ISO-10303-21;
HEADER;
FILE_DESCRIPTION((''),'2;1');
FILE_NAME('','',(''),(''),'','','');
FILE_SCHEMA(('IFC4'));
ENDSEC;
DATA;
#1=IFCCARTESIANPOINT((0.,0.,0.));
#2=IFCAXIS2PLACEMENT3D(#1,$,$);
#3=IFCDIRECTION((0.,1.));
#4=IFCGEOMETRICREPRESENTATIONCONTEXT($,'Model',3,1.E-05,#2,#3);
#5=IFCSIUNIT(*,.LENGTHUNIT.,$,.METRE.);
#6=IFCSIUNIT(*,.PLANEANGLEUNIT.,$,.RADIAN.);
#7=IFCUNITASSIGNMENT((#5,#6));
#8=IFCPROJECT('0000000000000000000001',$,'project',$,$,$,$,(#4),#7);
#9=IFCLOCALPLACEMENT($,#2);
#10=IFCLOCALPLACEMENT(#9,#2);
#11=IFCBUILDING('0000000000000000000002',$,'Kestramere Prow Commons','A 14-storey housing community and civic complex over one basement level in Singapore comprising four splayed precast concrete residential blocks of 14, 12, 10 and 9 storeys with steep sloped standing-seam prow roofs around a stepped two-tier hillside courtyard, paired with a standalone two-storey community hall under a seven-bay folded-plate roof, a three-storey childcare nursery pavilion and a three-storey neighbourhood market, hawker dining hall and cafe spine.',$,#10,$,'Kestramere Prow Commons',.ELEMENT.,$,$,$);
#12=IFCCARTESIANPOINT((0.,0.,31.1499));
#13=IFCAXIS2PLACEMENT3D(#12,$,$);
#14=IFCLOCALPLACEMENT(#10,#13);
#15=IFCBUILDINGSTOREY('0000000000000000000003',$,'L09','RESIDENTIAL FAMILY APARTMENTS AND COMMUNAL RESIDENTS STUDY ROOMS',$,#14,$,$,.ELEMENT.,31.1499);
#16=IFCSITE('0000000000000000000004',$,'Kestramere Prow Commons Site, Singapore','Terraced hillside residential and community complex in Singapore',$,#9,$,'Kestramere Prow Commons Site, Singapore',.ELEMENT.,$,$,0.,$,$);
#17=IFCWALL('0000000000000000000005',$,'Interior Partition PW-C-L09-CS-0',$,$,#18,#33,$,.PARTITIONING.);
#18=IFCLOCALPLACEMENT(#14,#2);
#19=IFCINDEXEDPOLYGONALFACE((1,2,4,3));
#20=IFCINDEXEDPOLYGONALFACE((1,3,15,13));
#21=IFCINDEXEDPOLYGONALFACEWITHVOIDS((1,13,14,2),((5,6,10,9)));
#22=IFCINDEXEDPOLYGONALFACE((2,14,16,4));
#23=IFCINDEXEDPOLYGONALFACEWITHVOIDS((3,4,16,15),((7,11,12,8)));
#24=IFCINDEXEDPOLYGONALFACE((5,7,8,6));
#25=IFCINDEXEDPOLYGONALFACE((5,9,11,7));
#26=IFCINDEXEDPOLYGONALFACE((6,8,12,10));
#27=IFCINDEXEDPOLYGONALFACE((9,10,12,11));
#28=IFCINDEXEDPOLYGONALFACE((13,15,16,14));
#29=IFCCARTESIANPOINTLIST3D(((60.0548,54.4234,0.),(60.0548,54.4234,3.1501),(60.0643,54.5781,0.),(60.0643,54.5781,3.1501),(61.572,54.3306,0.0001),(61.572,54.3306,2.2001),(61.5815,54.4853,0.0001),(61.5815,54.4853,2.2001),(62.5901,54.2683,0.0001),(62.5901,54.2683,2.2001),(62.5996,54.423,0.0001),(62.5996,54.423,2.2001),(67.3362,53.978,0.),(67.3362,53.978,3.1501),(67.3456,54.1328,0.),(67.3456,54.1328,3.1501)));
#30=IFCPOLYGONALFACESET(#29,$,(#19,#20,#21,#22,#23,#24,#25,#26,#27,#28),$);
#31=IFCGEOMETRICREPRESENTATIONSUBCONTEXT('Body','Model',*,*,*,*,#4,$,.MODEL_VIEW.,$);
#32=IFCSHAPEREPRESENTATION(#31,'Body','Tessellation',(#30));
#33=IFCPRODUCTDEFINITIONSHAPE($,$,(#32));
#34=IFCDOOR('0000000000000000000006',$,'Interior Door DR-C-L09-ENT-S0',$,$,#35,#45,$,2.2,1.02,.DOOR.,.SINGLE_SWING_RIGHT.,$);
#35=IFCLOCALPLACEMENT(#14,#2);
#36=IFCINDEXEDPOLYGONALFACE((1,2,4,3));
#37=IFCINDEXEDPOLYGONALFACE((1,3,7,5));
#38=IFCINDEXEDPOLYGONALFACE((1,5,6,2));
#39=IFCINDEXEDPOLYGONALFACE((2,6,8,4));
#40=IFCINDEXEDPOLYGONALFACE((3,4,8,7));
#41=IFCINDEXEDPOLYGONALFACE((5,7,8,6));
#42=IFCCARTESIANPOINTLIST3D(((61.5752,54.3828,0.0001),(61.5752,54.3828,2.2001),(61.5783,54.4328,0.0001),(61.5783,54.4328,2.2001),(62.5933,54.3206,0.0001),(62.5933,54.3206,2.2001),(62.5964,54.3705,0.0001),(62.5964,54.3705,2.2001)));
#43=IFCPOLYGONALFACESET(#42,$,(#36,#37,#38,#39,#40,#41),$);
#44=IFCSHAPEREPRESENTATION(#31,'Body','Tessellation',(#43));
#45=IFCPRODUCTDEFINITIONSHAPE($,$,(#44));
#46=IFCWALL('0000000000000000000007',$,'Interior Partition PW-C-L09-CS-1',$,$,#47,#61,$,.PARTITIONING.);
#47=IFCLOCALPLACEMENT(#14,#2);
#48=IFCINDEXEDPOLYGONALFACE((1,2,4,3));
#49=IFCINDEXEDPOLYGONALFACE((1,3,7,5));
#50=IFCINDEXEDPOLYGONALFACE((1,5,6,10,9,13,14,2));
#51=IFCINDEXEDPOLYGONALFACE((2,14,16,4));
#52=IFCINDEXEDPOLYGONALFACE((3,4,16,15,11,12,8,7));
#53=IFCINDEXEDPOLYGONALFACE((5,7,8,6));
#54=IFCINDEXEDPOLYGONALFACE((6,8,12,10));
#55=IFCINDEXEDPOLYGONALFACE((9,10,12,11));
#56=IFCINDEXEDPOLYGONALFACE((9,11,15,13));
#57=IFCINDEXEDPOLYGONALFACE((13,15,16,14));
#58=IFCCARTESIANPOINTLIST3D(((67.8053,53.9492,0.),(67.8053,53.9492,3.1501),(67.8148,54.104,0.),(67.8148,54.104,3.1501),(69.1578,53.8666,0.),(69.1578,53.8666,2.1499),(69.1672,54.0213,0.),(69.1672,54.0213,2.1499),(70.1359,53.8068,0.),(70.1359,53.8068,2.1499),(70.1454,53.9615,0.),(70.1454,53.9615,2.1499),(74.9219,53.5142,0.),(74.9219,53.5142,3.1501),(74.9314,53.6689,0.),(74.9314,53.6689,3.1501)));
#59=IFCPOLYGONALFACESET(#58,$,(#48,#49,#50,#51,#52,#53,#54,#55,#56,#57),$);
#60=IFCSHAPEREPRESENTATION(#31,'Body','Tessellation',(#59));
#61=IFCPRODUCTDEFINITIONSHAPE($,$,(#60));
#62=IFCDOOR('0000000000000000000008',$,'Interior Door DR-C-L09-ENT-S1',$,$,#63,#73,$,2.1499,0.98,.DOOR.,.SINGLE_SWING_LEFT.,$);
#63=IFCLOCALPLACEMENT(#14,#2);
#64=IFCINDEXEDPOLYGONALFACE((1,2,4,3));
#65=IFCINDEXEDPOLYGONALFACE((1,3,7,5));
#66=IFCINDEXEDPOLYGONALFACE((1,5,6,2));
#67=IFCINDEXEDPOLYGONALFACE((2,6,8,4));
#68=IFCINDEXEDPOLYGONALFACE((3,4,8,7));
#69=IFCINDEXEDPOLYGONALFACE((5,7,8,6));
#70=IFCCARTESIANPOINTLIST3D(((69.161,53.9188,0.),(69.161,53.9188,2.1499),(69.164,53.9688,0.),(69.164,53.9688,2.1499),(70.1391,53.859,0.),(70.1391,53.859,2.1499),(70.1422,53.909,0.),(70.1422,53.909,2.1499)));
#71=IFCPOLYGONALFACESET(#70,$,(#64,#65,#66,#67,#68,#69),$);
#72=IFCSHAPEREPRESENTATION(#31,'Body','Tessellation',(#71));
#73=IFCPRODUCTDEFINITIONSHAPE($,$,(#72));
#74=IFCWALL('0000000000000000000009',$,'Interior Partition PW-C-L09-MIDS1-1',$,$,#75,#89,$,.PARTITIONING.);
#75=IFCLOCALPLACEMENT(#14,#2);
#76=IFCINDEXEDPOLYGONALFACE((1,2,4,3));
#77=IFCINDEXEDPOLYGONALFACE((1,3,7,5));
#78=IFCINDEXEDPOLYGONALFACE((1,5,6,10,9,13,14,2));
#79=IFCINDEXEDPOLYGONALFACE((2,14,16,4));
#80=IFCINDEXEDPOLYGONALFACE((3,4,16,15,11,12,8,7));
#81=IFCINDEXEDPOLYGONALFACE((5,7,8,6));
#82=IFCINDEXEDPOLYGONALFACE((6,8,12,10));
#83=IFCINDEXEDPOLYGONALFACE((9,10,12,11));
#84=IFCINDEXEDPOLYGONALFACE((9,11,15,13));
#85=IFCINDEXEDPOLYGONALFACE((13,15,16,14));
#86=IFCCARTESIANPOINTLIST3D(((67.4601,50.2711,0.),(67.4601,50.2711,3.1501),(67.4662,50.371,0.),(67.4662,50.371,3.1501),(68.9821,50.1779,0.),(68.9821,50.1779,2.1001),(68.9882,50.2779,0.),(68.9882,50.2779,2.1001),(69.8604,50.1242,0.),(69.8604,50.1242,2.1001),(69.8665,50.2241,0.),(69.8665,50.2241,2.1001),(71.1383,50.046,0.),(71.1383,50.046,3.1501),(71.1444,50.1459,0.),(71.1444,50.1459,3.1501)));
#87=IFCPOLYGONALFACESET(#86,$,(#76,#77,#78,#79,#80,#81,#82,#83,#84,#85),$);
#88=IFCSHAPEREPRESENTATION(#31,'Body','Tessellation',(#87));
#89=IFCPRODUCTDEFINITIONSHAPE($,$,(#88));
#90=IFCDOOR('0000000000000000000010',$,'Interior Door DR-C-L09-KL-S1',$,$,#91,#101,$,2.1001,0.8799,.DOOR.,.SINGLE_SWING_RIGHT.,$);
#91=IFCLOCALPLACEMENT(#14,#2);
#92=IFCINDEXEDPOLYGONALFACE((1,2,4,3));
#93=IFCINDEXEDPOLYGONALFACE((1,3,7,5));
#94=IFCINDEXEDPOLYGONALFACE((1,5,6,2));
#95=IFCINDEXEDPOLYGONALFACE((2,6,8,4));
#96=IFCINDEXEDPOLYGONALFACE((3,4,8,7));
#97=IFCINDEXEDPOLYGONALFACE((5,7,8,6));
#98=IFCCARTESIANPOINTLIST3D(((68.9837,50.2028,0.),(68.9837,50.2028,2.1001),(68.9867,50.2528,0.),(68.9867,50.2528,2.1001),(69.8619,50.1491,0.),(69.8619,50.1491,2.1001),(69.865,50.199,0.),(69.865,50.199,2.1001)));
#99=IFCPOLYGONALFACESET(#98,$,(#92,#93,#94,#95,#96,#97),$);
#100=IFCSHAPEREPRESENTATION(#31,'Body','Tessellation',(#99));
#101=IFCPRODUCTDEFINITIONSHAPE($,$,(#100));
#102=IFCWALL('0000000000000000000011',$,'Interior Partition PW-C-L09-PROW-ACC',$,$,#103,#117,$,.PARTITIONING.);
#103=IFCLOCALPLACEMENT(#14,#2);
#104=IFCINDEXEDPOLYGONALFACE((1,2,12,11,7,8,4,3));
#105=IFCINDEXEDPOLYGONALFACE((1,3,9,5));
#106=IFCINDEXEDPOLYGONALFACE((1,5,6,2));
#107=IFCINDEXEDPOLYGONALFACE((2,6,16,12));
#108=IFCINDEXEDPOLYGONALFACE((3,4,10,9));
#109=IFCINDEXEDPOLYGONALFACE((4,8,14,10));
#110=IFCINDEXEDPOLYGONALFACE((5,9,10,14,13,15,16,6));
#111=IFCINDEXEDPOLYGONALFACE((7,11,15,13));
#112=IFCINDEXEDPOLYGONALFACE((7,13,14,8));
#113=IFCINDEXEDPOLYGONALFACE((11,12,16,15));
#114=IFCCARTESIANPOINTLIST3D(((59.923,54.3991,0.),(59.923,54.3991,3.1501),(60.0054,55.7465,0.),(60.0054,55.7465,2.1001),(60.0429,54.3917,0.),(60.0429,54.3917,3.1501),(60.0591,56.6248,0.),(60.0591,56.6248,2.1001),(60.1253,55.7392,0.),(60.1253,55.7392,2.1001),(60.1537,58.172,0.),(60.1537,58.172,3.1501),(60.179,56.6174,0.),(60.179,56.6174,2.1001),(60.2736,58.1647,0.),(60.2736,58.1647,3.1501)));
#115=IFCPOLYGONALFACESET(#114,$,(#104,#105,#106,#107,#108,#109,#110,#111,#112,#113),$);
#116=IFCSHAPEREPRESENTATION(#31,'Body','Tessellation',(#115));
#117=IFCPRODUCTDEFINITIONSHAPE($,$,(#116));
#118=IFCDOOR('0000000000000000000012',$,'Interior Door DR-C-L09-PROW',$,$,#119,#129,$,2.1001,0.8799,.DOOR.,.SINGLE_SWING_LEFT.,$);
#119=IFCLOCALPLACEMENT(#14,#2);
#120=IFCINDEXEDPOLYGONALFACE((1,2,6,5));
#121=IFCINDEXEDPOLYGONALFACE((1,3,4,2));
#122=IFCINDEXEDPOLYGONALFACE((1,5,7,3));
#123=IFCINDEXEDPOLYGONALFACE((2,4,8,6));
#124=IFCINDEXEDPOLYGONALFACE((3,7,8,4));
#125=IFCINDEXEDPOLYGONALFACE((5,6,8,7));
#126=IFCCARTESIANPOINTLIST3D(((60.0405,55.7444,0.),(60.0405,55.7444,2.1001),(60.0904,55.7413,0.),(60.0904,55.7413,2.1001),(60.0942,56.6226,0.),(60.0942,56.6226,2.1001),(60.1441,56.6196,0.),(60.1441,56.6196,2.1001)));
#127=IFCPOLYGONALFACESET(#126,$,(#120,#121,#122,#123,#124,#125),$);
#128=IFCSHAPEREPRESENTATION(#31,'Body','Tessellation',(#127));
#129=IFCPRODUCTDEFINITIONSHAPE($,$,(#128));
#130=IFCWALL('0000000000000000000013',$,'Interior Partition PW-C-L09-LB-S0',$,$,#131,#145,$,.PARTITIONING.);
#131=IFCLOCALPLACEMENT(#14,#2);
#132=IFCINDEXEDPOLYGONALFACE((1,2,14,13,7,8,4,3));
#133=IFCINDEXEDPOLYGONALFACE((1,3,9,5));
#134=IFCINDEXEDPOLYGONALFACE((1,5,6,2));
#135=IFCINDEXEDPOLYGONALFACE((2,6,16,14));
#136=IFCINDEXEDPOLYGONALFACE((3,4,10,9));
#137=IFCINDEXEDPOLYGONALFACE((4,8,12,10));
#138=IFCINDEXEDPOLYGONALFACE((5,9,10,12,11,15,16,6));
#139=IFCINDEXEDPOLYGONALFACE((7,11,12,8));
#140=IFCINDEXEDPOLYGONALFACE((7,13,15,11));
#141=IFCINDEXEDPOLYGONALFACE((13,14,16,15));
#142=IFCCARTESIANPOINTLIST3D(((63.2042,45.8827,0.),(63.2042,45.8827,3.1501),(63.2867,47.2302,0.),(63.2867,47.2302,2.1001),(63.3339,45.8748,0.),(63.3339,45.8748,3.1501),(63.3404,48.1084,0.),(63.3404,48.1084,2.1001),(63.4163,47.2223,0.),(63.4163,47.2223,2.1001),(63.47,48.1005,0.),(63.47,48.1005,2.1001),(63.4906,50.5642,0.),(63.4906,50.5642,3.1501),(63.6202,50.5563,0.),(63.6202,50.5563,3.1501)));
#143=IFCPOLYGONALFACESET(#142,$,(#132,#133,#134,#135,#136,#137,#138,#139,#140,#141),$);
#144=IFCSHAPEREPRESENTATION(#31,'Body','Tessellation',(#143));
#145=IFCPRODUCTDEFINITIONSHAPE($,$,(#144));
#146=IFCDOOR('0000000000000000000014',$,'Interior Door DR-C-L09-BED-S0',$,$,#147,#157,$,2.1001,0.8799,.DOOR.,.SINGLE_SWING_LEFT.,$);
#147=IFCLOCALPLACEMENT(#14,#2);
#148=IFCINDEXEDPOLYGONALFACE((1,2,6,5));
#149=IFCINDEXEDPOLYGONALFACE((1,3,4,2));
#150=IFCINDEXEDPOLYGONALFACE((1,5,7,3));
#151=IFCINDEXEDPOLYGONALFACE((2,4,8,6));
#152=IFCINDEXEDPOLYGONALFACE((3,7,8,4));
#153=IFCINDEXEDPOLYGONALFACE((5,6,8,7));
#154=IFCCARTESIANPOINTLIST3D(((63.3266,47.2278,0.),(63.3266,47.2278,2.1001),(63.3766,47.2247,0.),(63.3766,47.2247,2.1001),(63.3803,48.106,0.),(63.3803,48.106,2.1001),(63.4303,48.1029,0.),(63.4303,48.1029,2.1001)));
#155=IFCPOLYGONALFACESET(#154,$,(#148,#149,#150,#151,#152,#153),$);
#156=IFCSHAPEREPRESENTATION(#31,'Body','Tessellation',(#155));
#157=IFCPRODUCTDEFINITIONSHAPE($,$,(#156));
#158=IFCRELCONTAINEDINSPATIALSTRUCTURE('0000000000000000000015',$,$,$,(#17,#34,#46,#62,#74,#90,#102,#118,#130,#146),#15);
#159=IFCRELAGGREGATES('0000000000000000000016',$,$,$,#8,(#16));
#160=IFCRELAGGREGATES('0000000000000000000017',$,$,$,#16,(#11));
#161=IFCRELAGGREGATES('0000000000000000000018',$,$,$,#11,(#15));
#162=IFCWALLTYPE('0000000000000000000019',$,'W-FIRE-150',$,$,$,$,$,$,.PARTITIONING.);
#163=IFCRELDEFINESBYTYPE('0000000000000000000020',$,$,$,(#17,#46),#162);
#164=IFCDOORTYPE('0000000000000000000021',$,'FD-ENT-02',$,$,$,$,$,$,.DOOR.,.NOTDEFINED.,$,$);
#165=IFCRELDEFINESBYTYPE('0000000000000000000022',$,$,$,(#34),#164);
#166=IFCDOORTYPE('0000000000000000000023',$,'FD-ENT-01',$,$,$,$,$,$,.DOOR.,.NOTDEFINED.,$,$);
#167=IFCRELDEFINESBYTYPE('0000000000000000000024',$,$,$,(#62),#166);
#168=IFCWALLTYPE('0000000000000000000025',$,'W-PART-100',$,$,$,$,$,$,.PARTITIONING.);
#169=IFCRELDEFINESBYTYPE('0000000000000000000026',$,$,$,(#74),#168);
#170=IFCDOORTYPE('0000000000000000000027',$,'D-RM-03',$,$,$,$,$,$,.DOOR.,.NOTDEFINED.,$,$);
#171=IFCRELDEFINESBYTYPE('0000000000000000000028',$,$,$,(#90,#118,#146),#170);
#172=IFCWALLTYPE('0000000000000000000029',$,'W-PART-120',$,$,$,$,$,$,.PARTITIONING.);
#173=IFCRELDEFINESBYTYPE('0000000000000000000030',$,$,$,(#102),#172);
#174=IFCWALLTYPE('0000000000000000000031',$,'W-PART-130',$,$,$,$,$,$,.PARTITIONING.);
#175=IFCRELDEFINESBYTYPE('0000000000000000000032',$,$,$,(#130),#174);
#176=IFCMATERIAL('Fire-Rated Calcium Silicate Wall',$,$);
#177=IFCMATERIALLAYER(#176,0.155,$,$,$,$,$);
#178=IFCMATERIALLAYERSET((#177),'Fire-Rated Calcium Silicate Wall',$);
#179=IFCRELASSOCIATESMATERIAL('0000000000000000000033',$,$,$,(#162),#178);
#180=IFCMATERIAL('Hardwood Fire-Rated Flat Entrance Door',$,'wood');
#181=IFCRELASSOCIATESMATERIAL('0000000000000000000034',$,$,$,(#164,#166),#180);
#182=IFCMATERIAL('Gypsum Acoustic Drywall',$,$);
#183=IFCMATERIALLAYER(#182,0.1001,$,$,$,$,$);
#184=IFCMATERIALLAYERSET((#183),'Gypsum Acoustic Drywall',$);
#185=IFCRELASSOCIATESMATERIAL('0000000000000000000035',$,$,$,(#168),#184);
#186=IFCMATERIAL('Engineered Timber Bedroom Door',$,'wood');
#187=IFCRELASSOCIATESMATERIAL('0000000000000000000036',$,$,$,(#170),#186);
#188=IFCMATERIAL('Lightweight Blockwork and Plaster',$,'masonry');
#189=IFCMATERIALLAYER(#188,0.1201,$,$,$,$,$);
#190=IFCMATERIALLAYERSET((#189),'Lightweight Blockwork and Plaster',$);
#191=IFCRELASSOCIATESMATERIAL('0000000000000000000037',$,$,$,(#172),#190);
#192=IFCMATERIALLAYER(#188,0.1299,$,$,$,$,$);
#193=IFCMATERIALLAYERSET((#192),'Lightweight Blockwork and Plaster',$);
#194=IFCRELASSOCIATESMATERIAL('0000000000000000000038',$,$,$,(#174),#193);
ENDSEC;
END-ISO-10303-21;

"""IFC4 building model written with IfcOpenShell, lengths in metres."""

from ifc_helpers import new_model, si_unit, direction, frame, frame_2d, origin, place, context, subcontext, project, spatial, rectangle, extrude, material, layer, layer_set, type_object, element, fill, save


model = new_model("IFC4")

# Units and contexts
model_context = context("Model", 3, precision=1e-05, world=origin(), true_north=direction((0.0, 1.0)))
body_context = subcontext(model_context, "Body", "Model", "MODEL_VIEW")
ifc_project = project(units=[si_unit("LENGTHUNIT", "METRE"), si_unit("PLANEANGLEUNIT", "RADIAN")], contexts=[model_context])

# Site, building, storey
site_placement = place(None, origin())
site = spatial("IfcSite", under=ifc_project, at=site_placement, Name="Kestramere Prow Commons Site, Singapore", Description="Terraced hillside residential and community complex in Singapore", LongName="Kestramere Prow Commons Site, Singapore", CompositionType="ELEMENT", RefElevation=0.0)
building_placement = place(site_placement, origin())
building = spatial("IfcBuilding", under=site, at=building_placement, Name="Kestramere Prow Commons", Description="A 14-storey housing community and civic complex over one basement level in Singapore comprising four splayed precast concrete residential blocks of 14, 12, 10 and 9 storeys with steep sloped standing-seam prow roofs around a stepped two-tier hillside courtyard, paired with a standalone two-storey community hall under a seven-bay folded-plate roof, a three-storey childcare nursery pavilion and a three-storey neighbourhood market, hawker dining hall and cafe spine.", LongName="Kestramere Prow Commons", CompositionType="ELEMENT")
storey_placement = place(building_placement, frame((0.0, 0.0, 31.1499)))
storey = spatial("IfcBuildingStorey", under=building, at=storey_placement, Name="L09", Description="RESIDENTIAL FAMILY APARTMENTS AND COMMUNAL RESIDENTS STUDY ROOMS", CompositionType="ELEMENT", Elevation=31.1499)

# Walls, openings, doors
ifc_material_1 = material(Name="Fire-Rated Calcium Silicate Wall")
ifc_layer_1 = layer(ifc_material_1, 0.155)
ifc_layer_set_1 = layer_set([ifc_layer_1], Name="Fire-Rated Calcium Silicate Wall")
wall_type_1 = type_object("IfcWallType", Name="W-FIRE-150", PredefinedType="PARTITIONING", material=ifc_layer_set_1)
wall_1_placement = place(storey_placement, frame((60.0596, 54.5007, 0.0), z_axis=(0.0, 0.0, 1.0), x_axis=(0.998135, -0.061045, 0.0)))
wall_1 = element("IfcWall", 1, at=wall_1_placement, inside=storey, type_object=wall_type_1, Name="Interior Partition PW-C-L09-CS-0", PredefinedType="PARTITIONING", context=body_context, shape_type="SweptSolid", body=[
    extrude(rectangle(XDim=7.2949, YDim=0.155, at=frame_2d((3.6475, 0.0))), origin(), (0.0, 0.0, 1.0), 3.1501),
])
opening_1_placement = place(wall_1_placement, frame((1.52, 0.0, 0.0)))
opening_1 = element("IfcOpeningElement", 2, at=opening_1_placement, cuts=wall_1, PredefinedType="OPENING", context=body_context, shape_type="SweptSolid", body=[
    extrude(rectangle(XDim=1.02, YDim=2.2, at=frame_2d((0.51, 1.1001))), frame((0.0, 0.0925, 0.0), z_axis=(0.0, -1.0, 0.0), x_axis=(1.0, 0.0, 0.0)), (0.0, 0.0, 1.0), 0.1851),
])
ifc_material_2 = material(Name="Hardwood Fire-Rated Flat Entrance Door", Category="wood")
door_type_1 = type_object("IfcDoorType", Name="FD-ENT-02", OperationType="NOTDEFINED", PredefinedType="DOOR", material=ifc_material_2)
door_1_placement = place(opening_1_placement, origin())
door_1 = element("IfcDoor", 3, at=door_1_placement, inside=storey, type_object=door_type_1, Name="Interior Door DR-C-L09-ENT-S0", OperationType="SINGLE_SWING_RIGHT", OverallHeight=2.2, OverallWidth=1.02, PredefinedType="DOOR", context=body_context, shape_type="SweptSolid", body=[
    extrude(rectangle(XDim=1.02, YDim=2.2, at=frame_2d((0.51, 1.1001))), frame((0.0, 0.0249, 0.0), z_axis=(0.0, -1.0, 0.0), x_axis=(1.0, 0.0, 0.0)), (0.0, 0.0, 1.0), 0.05),
])
fill(opening_1, door_1)
wall_2_placement = place(storey_placement, frame((67.8101, 54.0266, 0.0), z_axis=(0.0, 0.0, 1.0), x_axis=(0.998137, -0.061018, 0.0)))
wall_2 = element("IfcWall", 4, at=wall_2_placement, inside=storey, type_object=wall_type_1, Name="Interior Partition PW-C-L09-CS-1", PredefinedType="PARTITIONING", context=body_context, shape_type="SweptSolid", body=[
    extrude(rectangle(XDim=7.1299, YDim=0.155, at=frame_2d((3.5649, 0.0))), origin(), (0.0, 0.0, 1.0), 3.1501),
])
opening_2_placement = place(wall_2_placement, frame((1.355, 0.0, 0.0)))
opening_2 = element("IfcOpeningElement", 5, at=opening_2_placement, cuts=wall_2, PredefinedType="OPENING", context=body_context, shape_type="SweptSolid", body=[
    extrude(rectangle(XDim=0.98, YDim=2.1499, at=frame_2d((0.49, 1.075))), frame((0.0, 0.0925, 0.0), z_axis=(0.0, -1.0, 0.0), x_axis=(1.0, 0.0, 0.0)), (0.0, 0.0, 1.0), 0.1851),
])
door_type_2 = type_object("IfcDoorType", Name="FD-ENT-01", OperationType="NOTDEFINED", PredefinedType="DOOR", material=ifc_material_2)
door_2_placement = place(opening_2_placement, origin())
door_2 = element("IfcDoor", 6, at=door_2_placement, inside=storey, type_object=door_type_2, Name="Interior Door DR-C-L09-ENT-S1", OperationType="SINGLE_SWING_LEFT", OverallHeight=2.1499, OverallWidth=0.98, PredefinedType="DOOR", context=body_context, shape_type="SweptSolid", body=[
    extrude(rectangle(XDim=0.98, YDim=2.1499, at=frame_2d((0.49, 1.075))), frame((0.0, 0.0249, 0.0), z_axis=(0.0, -1.0, 0.0), x_axis=(1.0, 0.0, 0.0)), (0.0, 0.0, 1.0), 0.05),
])
fill(opening_2, door_2)
ifc_material_3 = material(Name="Gypsum Acoustic Drywall")
ifc_layer_2 = layer(ifc_material_3, 0.1001)
ifc_layer_set_2 = layer_set([ifc_layer_2], Name="Gypsum Acoustic Drywall")
wall_type_2 = type_object("IfcWallType", Name="W-PART-100", PredefinedType="PARTITIONING", material=ifc_layer_set_2)
wall_3_placement = place(storey_placement, frame((67.4631, 50.321, 0.0), z_axis=(0.0, 0.0, 1.0), x_axis=(0.998133, -0.061083, 0.0)))
wall_3 = element("IfcWall", 7, at=wall_3_placement, inside=storey, type_object=wall_type_2, Name="Interior Partition PW-C-L09-MIDS1-1", PredefinedType="PARTITIONING", context=body_context, shape_type="SweptSolid", body=[
    extrude(rectangle(XDim=3.6851, YDim=0.1001, at=frame_2d((1.8425, 0.0))), origin(), (0.0, 0.0, 1.0), 3.1501),
])
opening_3_placement = place(wall_3_placement, frame((1.5249, 0.0, 0.0)))
opening_3 = element("IfcOpeningElement", 8, at=opening_3_placement, cuts=wall_3, PredefinedType="OPENING", context=body_context, shape_type="SweptSolid", body=[
    extrude(rectangle(XDim=0.8799, YDim=2.1001, at=frame_2d((0.4399, 1.05))), frame((0.0, 0.0649, 0.0), z_axis=(0.0, -1.0, 0.0), x_axis=(1.0, 0.0, 0.0)), (0.0, 0.0, 1.0), 0.1301),
])
ifc_material_4 = material(Name="Engineered Timber Bedroom Door", Category="wood")
door_type_3 = type_object("IfcDoorType", Name="D-RM-03", OperationType="NOTDEFINED", PredefinedType="DOOR", material=ifc_material_4)
door_3_placement = place(opening_3_placement, origin())
door_3 = element("IfcDoor", 9, at=door_3_placement, inside=storey, type_object=door_type_3, Name="Interior Door DR-C-L09-KL-S1", OperationType="SINGLE_SWING_RIGHT", OverallHeight=2.1001, OverallWidth=0.8799, PredefinedType="DOOR", context=body_context, shape_type="SweptSolid", body=[
    extrude(rectangle(XDim=0.8799, YDim=2.1001, at=frame_2d((0.4399, 1.05))), frame((0.0, 0.0249, 0.0), z_axis=(0.0, -1.0, 0.0), x_axis=(1.0, 0.0, 0.0)), (0.0, 0.0, 1.0), 0.05),
])
fill(opening_3, door_3)
ifc_material_5 = material(Name="Lightweight Blockwork and Plaster", Category="masonry")
ifc_layer_3 = layer(ifc_material_5, 0.1201)
ifc_layer_set_3 = layer_set([ifc_layer_3], Name="Lightweight Blockwork and Plaster")
wall_type_3 = type_object("IfcWallType", Name="W-PART-120", PredefinedType="PARTITIONING", material=ifc_layer_set_3)
wall_4_placement = place(storey_placement, frame((59.9829, 54.3953, 0.0), z_axis=(0.0, 0.0, 1.0), x_axis=(0.061035, 0.998136, 0.0)))
wall_4 = element("IfcWall", 10, at=wall_4_placement, inside=storey, type_object=wall_type_3, Name="Interior Partition PW-C-L09-PROW-ACC", PredefinedType="PARTITIONING", context=body_context, shape_type="SweptSolid", body=[
    extrude(rectangle(XDim=3.78, YDim=0.1201, at=frame_2d((1.8901, 0.0))), origin(), (0.0, 0.0, 1.0), 3.1501),
])
opening_4_placement = place(wall_4_placement, frame((1.3501, 0.0, 0.0)))
opening_4 = element("IfcOpeningElement", 11, at=opening_4_placement, cuts=wall_4, PredefinedType="OPENING", context=body_context, shape_type="SweptSolid", body=[
    extrude(rectangle(XDim=0.8799, YDim=2.1001, at=frame_2d((0.4399, 1.05))), frame((0.0, 0.075, 0.0), z_axis=(0.0, -1.0, 0.0), x_axis=(1.0, 0.0, 0.0)), (0.0, 0.0, 1.0), 0.1501),
])
door_4_placement = place(opening_4_placement, origin())
door_4 = element("IfcDoor", 12, at=door_4_placement, inside=storey, type_object=door_type_3, Name="Interior Door DR-C-L09-PROW", OperationType="SINGLE_SWING_LEFT", OverallHeight=2.1001, OverallWidth=0.8799, PredefinedType="DOOR", context=body_context, shape_type="SweptSolid", body=[
    extrude(rectangle(XDim=0.8799, YDim=2.1001, at=frame_2d((0.4399, 1.05))), frame((0.0, 0.0249, 0.0), z_axis=(0.0, -1.0, 0.0), x_axis=(1.0, 0.0, 0.0)), (0.0, 0.0, 1.0), 0.05),
])
fill(opening_4, door_4)
ifc_layer_4 = layer(ifc_material_5, 0.1299)
ifc_layer_set_4 = layer_set([ifc_layer_4], Name="Lightweight Blockwork and Plaster")
wall_type_4 = type_object("IfcWallType", Name="W-PART-130", PredefinedType="PARTITIONING", material=ifc_layer_set_4)
wall_5_placement = place(storey_placement, frame((63.269, 45.8787, 0.0), z_axis=(0.0, 0.0, 1.0), x_axis=(0.061059, 0.998134, 0.0)))
wall_5 = element("IfcWall", 13, at=wall_5_placement, inside=storey, type_object=wall_type_4, Name="Interior Partition PW-C-L09-LB-S0", PredefinedType="PARTITIONING", context=body_context, shape_type="SweptSolid", body=[
    extrude(rectangle(XDim=4.6902, YDim=0.1299, at=frame_2d((2.3452, 0.0))), origin(), (0.0, 0.0, 1.0), 3.1501),
])
opening_5_placement = place(wall_5_placement, frame((1.3501, 0.0, 0.0)))
opening_5 = element("IfcOpeningElement", 14, at=opening_5_placement, cuts=wall_5, PredefinedType="OPENING", context=body_context, shape_type="SweptSolid", body=[
    extrude(rectangle(XDim=0.8799, YDim=2.1001, at=frame_2d((0.4399, 1.05))), frame((0.0, 0.0798, 0.0), z_axis=(0.0, -1.0, 0.0), x_axis=(1.0, 0.0, 0.0)), (0.0, 0.0, 1.0), 0.1599),
])
door_5_placement = place(opening_5_placement, origin())
door_5 = element("IfcDoor", 15, at=door_5_placement, inside=storey, type_object=door_type_3, Name="Interior Door DR-C-L09-BED-S0", OperationType="SINGLE_SWING_LEFT", OverallHeight=2.1001, OverallWidth=0.8799, PredefinedType="DOOR", context=body_context, shape_type="SweptSolid", body=[
    extrude(rectangle(XDim=0.8799, YDim=2.1001, at=frame_2d((0.4399, 1.05))), frame((0.0, 0.0249, 0.0), z_axis=(0.0, -1.0, 0.0), x_axis=(1.0, 0.0, 0.0)), (0.0, 0.0, 1.0), 0.05),
])
fill(opening_5, door_5)

save(model, "model.ifc")
